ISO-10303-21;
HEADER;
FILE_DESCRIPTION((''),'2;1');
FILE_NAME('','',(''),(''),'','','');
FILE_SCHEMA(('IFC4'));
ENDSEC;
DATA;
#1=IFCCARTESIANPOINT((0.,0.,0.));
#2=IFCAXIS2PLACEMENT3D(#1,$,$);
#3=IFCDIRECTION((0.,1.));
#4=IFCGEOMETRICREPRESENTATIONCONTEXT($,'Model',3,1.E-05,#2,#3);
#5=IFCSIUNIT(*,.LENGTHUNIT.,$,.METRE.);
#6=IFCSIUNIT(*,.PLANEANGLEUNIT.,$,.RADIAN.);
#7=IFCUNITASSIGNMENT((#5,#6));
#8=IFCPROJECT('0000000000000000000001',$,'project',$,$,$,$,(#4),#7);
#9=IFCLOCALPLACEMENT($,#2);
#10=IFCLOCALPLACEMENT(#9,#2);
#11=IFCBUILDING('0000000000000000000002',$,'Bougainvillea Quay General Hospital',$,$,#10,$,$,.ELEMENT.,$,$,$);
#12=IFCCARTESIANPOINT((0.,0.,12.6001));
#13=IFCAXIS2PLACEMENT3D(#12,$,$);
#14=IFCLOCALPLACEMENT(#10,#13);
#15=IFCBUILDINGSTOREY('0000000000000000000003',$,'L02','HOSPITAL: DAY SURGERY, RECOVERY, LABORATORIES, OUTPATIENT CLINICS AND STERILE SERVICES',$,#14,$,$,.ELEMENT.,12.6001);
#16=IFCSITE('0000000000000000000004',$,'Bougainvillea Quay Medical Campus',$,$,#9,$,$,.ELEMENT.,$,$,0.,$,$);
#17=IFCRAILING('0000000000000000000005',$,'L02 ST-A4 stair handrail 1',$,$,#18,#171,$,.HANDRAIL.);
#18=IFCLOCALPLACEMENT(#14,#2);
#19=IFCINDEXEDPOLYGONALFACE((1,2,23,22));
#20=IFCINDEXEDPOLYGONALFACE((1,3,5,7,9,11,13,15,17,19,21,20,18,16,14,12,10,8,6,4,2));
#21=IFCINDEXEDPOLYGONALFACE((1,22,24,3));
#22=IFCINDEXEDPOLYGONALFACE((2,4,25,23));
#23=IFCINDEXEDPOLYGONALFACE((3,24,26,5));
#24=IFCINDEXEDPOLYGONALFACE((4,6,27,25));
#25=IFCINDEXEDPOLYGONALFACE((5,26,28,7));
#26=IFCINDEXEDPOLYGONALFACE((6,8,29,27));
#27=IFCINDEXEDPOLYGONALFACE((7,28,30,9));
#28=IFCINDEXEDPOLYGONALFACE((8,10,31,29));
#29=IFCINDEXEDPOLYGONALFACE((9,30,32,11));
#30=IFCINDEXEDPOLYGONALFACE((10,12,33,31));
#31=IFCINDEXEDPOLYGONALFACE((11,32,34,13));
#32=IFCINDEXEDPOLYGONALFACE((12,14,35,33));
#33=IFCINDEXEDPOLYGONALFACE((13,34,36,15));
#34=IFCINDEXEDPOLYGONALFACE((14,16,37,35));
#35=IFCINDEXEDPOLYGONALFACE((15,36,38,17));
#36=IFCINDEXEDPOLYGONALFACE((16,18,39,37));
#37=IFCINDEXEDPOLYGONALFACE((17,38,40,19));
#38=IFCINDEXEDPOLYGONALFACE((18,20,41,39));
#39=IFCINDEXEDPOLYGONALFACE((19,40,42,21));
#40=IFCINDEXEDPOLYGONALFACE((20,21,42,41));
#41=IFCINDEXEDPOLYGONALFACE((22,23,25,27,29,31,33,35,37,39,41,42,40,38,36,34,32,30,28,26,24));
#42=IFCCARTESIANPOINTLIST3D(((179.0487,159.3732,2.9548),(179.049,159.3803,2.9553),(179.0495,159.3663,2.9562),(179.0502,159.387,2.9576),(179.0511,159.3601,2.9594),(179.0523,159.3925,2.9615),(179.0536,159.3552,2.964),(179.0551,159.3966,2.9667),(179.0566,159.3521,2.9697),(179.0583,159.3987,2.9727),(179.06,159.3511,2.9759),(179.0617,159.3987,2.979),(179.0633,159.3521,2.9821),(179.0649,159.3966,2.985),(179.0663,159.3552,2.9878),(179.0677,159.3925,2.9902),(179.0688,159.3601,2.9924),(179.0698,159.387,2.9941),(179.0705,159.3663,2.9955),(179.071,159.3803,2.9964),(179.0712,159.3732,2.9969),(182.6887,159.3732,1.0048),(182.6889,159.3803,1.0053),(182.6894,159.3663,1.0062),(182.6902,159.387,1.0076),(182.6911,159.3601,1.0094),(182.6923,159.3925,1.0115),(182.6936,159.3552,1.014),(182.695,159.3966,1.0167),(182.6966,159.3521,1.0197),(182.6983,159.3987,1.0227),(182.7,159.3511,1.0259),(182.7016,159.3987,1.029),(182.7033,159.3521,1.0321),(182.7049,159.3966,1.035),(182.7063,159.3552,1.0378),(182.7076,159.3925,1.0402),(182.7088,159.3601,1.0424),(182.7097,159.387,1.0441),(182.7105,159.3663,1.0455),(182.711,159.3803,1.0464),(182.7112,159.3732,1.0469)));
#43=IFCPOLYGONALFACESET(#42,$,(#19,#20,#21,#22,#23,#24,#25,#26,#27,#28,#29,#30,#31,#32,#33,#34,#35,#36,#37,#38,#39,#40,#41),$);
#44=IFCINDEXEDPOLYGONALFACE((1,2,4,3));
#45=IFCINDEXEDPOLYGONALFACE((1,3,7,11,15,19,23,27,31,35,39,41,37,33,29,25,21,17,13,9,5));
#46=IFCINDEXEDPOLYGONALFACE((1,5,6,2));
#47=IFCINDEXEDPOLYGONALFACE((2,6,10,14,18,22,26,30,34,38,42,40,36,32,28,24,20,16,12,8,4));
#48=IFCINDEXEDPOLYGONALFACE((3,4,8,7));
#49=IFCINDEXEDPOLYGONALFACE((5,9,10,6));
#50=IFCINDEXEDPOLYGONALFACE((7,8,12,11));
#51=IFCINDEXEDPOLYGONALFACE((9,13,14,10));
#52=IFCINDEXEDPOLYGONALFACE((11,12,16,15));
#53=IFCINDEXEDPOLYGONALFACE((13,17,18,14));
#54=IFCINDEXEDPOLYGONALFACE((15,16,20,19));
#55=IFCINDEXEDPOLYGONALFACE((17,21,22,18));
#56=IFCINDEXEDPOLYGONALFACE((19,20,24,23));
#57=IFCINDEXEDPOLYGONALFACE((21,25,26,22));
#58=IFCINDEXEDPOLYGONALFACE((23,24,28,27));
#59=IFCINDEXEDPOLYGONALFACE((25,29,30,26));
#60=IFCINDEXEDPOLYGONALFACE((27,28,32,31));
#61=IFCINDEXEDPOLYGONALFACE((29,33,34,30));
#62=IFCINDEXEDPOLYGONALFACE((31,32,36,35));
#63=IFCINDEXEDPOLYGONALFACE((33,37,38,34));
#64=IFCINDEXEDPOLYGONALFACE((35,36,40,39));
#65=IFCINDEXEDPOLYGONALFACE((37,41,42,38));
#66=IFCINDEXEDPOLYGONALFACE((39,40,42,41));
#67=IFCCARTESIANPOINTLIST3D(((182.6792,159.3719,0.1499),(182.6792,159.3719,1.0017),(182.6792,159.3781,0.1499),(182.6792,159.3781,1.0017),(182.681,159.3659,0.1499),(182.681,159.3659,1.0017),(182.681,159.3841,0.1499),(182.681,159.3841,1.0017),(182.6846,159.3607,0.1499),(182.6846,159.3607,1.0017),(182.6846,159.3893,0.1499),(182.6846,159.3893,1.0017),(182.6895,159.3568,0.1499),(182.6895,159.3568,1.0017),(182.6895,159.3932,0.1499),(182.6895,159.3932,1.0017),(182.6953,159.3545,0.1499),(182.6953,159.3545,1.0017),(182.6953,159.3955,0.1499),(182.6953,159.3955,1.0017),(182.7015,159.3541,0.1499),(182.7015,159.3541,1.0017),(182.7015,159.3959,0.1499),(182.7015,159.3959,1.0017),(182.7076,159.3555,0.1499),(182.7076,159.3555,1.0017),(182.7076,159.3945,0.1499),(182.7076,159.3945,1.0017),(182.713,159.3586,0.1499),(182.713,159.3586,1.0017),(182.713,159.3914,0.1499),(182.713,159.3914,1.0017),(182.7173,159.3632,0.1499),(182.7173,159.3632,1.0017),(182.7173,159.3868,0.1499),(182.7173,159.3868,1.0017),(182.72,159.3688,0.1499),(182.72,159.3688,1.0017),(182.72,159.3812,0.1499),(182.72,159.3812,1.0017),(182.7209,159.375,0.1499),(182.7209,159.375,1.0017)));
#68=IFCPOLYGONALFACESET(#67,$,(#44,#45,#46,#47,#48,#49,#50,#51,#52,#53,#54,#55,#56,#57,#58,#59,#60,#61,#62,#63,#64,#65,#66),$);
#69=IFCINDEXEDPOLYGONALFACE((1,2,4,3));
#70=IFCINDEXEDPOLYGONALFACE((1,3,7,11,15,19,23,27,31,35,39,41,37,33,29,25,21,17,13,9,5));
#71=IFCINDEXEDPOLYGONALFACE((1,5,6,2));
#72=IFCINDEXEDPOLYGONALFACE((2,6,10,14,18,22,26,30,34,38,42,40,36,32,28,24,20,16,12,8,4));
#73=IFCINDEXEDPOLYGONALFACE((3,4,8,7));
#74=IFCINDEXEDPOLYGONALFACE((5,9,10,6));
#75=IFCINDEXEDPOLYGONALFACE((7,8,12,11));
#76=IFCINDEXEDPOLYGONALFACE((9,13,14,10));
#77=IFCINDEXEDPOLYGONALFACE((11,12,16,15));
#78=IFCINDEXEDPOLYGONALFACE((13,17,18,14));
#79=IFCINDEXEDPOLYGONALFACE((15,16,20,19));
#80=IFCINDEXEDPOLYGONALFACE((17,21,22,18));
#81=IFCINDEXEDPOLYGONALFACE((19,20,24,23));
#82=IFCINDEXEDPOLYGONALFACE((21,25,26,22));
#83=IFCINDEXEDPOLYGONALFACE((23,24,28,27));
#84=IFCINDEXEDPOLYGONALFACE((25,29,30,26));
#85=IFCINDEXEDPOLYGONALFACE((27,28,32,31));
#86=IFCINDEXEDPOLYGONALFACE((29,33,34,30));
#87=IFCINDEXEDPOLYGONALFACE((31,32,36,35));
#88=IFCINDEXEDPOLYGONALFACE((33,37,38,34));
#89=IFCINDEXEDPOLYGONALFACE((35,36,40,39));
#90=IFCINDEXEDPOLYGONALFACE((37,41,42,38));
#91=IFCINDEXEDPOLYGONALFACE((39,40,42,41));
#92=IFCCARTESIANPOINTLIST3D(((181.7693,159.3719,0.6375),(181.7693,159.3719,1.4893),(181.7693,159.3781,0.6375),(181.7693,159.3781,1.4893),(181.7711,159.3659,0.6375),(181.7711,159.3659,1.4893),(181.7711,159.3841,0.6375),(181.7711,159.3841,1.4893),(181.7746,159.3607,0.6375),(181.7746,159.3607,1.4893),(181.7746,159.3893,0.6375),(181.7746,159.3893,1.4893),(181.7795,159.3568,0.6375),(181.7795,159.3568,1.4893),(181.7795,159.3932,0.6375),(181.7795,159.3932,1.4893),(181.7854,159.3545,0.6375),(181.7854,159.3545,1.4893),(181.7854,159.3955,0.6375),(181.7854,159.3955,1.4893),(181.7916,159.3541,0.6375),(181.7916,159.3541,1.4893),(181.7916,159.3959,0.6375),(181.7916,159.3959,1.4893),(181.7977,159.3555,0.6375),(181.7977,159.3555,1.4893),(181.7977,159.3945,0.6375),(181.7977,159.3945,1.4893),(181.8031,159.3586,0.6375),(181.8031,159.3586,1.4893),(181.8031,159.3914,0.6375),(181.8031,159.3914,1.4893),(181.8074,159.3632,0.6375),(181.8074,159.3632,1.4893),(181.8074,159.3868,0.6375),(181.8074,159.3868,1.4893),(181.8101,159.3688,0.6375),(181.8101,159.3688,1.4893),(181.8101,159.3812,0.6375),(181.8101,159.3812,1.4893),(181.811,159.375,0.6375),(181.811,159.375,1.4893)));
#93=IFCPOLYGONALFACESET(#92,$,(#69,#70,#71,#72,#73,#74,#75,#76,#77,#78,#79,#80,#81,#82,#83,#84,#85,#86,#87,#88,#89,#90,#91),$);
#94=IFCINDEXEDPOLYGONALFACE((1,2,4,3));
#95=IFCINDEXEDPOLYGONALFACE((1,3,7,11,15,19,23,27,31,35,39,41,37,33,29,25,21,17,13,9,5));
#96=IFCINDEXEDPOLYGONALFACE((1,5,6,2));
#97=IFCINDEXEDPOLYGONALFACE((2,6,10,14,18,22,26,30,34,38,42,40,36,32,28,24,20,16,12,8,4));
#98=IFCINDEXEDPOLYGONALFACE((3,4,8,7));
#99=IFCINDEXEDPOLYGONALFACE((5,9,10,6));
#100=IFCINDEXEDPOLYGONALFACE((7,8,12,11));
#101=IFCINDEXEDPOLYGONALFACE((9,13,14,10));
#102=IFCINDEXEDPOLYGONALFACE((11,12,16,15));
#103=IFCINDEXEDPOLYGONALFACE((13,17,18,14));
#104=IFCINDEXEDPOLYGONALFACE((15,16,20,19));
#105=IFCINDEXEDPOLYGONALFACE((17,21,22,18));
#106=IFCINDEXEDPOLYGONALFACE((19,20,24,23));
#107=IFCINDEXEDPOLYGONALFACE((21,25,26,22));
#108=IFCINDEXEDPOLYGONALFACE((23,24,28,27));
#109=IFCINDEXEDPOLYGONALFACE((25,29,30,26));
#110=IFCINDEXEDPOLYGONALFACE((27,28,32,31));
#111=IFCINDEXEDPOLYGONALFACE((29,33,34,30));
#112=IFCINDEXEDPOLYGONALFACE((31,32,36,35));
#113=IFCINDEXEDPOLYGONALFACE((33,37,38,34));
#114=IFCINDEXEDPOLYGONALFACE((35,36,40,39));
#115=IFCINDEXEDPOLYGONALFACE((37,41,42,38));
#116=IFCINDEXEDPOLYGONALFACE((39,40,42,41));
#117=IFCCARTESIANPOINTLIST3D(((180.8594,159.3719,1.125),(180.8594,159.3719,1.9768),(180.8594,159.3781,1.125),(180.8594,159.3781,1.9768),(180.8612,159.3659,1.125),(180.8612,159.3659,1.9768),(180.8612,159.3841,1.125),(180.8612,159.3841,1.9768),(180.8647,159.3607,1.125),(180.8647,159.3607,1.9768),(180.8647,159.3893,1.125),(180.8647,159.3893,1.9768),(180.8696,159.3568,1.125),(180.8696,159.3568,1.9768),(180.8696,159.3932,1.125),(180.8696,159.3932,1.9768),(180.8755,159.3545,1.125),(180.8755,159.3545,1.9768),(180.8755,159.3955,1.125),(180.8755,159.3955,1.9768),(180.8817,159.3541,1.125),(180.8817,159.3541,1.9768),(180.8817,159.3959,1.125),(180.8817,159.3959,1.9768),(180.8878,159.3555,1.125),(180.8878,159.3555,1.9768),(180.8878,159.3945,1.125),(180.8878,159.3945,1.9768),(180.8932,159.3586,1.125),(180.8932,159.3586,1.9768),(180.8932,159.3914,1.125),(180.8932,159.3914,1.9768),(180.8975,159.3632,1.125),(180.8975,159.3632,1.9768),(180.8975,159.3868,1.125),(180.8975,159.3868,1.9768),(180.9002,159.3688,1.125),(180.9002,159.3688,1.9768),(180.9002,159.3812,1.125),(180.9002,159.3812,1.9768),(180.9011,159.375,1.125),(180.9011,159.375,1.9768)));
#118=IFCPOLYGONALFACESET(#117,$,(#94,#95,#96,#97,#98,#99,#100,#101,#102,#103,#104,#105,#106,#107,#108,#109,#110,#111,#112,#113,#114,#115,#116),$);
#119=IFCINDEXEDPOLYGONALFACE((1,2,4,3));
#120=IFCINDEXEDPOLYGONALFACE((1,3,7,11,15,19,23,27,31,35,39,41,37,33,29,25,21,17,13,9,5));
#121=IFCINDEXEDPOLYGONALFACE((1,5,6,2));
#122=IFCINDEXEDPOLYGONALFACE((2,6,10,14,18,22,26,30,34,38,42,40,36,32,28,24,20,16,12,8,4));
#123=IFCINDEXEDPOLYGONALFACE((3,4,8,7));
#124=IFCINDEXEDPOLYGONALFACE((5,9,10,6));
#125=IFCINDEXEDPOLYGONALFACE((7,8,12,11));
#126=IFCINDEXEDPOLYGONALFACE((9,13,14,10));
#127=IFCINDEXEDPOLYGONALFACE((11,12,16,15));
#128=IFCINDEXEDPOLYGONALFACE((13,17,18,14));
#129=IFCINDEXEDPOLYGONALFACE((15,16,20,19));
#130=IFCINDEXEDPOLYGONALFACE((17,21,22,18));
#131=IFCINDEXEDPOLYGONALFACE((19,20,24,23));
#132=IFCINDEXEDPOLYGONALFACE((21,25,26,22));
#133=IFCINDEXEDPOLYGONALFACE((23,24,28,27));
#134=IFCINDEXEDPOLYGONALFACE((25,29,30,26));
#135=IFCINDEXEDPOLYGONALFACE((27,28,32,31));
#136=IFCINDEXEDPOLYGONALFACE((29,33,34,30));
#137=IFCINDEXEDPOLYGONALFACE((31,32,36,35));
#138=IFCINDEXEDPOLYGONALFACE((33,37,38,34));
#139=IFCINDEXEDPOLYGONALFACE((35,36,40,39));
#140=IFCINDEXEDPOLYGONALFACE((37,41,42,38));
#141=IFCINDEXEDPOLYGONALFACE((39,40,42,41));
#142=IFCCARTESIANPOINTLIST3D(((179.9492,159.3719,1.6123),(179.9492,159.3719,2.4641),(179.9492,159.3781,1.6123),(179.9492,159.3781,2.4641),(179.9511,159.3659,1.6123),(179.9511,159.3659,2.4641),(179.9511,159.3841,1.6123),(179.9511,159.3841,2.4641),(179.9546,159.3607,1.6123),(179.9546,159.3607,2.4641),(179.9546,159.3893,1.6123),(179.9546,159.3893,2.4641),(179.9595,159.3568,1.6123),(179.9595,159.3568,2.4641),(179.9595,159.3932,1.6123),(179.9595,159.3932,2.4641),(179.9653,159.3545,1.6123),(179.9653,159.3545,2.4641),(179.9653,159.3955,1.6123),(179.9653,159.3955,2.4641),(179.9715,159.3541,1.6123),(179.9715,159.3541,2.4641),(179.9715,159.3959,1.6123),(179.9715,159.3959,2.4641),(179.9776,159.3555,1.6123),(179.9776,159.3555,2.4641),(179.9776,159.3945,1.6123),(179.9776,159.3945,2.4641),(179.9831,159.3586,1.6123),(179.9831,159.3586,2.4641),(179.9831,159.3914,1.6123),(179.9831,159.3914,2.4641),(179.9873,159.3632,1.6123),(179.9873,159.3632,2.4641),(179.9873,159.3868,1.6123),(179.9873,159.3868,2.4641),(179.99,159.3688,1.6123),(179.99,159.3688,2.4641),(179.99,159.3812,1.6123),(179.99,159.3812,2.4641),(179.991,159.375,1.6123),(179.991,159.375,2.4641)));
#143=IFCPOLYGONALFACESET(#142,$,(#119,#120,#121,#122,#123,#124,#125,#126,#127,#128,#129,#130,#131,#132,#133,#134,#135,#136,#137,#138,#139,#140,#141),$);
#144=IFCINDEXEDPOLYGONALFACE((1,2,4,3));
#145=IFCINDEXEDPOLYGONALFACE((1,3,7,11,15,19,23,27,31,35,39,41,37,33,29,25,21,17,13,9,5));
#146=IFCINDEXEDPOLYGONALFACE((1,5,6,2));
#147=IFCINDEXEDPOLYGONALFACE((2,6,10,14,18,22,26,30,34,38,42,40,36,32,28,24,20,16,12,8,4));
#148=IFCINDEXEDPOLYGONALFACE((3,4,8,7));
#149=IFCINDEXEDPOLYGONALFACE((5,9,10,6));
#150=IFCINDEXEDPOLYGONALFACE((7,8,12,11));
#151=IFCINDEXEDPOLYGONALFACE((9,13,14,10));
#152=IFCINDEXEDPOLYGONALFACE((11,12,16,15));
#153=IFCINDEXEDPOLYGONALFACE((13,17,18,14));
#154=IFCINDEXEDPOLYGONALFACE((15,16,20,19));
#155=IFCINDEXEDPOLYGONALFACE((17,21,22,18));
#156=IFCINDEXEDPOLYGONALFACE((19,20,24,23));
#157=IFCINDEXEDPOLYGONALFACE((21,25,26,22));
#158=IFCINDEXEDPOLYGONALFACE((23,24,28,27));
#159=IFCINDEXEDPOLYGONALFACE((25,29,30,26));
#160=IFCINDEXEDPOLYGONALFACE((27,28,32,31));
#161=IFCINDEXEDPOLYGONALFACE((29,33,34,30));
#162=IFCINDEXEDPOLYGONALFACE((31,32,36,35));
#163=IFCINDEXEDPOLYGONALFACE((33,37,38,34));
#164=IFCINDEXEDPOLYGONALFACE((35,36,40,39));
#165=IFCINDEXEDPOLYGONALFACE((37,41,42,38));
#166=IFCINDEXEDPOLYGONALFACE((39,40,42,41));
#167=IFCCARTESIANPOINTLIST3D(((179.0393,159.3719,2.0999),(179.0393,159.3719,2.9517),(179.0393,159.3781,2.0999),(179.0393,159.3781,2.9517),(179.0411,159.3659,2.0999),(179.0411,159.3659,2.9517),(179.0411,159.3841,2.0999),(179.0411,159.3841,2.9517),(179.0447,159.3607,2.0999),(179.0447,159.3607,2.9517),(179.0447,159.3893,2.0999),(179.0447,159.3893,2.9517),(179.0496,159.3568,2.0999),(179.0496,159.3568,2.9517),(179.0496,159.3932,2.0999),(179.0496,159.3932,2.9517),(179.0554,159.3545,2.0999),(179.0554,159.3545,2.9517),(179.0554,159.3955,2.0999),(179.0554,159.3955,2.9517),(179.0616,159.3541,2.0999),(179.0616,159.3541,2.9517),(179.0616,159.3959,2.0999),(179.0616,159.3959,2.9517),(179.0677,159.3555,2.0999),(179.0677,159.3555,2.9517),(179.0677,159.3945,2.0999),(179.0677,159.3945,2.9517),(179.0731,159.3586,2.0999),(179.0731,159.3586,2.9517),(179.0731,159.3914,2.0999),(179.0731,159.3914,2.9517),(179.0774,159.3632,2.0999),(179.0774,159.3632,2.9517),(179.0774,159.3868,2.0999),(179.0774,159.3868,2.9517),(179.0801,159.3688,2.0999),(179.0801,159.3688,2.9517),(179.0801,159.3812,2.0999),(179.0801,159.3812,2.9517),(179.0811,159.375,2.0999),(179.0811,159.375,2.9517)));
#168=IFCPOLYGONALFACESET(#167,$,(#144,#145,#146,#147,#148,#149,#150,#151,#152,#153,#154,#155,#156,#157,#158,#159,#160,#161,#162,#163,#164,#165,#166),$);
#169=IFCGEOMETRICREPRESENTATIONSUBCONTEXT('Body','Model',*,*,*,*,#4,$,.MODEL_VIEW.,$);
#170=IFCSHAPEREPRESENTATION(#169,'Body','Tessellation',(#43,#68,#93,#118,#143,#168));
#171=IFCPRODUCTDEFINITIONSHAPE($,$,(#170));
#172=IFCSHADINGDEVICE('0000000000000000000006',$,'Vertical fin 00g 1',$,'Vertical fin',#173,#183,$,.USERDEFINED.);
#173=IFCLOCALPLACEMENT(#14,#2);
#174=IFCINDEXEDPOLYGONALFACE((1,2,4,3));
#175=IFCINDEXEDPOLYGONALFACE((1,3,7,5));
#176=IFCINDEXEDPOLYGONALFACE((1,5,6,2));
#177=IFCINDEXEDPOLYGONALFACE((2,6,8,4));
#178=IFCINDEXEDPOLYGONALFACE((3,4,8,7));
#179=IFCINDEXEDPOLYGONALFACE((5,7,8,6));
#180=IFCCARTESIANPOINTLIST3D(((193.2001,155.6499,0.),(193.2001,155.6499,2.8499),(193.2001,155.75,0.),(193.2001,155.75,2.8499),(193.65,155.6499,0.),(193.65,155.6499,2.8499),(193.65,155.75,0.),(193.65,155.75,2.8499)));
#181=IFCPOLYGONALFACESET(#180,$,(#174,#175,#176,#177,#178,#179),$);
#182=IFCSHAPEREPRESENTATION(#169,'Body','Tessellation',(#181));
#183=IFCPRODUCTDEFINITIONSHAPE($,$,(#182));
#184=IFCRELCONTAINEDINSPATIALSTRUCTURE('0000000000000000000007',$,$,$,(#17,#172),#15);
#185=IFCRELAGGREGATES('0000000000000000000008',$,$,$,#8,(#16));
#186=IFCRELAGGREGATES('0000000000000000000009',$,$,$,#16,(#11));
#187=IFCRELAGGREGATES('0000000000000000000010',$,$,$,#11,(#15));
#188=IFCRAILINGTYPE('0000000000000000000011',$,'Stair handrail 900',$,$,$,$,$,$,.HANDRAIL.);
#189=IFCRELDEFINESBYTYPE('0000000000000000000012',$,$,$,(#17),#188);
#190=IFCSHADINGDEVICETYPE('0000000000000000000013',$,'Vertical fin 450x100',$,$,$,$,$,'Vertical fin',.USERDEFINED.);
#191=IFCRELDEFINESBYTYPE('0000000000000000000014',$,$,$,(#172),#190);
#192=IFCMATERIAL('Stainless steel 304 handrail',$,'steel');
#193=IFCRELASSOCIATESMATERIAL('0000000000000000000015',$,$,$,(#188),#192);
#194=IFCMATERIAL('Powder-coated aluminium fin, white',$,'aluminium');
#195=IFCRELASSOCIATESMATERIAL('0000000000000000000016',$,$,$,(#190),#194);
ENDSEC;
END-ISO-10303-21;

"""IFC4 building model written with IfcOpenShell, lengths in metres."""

from ifc_helpers import new_model, si_unit, direction, frame, origin, origin_2d, place, context, subcontext, project, spatial, rectangle, circle, extrude, material, material_profile, profile_set, type_object, element, save


model = new_model("IFC4")

# Units and contexts
model_context = context("Model", 3, precision=1e-05, world=origin(), true_north=direction((0.0, 1.0)))
body_context = subcontext(model_context, "Body", "Model", "MODEL_VIEW")
ifc_project = project(units=[si_unit("LENGTHUNIT", "METRE"), si_unit("PLANEANGLEUNIT", "RADIAN")], contexts=[model_context])

# Site, building, storey
site_placement = place(None, origin())
site = spatial("IfcSite", under=ifc_project, at=site_placement, Name="Bougainvillea Quay Medical Campus", CompositionType="ELEMENT", RefElevation=0.0)
building_placement = place(site_placement, origin())
building = spatial("IfcBuilding", under=site, at=building_placement, Name="Bougainvillea Quay General Hospital", CompositionType="ELEMENT")
storey_placement = place(building_placement, frame((0.0, 0.0, 12.6001)))
storey = spatial("IfcBuildingStorey", under=building, at=storey_placement, Name="L02", Description="HOSPITAL: DAY SURGERY, RECOVERY, LABORATORIES, OUTPATIENT CLINICS AND STERILE SERVICES", CompositionType="ELEMENT", Elevation=12.6001)

# Railing
ifc_material_1 = material(Name="Stainless steel 304 handrail", Category="steel")
railing_type_1 = type_object("IfcRailingType", Name="Stair handrail 900", PredefinedType="HANDRAIL", material=ifc_material_1)
railing_1_placement = place(storey_placement, frame((182.7, 159.375, 0.1499)))
element("IfcRailing", 1, at=railing_1_placement, inside=storey, type_object=railing_type_1, Name="L02 ST-A4 stair handrail 1", PredefinedType="HANDRAIL", context=body_context, shape_type="SweptSolid", body=[
    extrude(circle(Radius=0.0239, at=origin_2d()), frame((0.0, 0.0, 0.876), z_axis=(-0.881479, 0.0, 0.472223), x_axis=(0.0, -1.0, 0.0)), (0.0, 0.0, 1.0), 4.1294),
    extrude(circle(Radius=0.021, at=origin_2d()), origin(), (0.0, 0.0, 1.0), 0.8518),
    extrude(circle(Radius=0.021, at=origin_2d()), frame((-0.9099, 0.0, 0.4875)), (0.0, 0.0, 1.0), 0.8518),
    extrude(circle(Radius=0.021, at=origin_2d()), frame((-1.8198, 0.0, 0.9751)), (0.0, 0.0, 1.0), 0.8518),
    extrude(circle(Radius=0.021, at=origin_2d()), frame((-2.73, 0.0, 1.4624)), (0.0, 0.0, 1.0), 0.8518),
    extrude(circle(Radius=0.021, at=origin_2d()), frame((-3.6399, 0.0, 1.95)), (0.0, 0.0, 1.0), 0.8518),
])

# Shading device
ifc_material_2 = material(Name="Powder-coated aluminium fin, white", Category="aluminium")
ifc_material_profile_1 = material_profile(ifc_material_2, rectangle(XDim=0.45, YDim=0.1001, at=origin_2d()))
ifc_profile_set_1 = profile_set([ifc_material_profile_1], Name="Powder-coated aluminium fin, white")
shading_device_type = type_object("IfcShadingDeviceType", Name="Vertical fin 450x100", ElementType="Vertical fin", PredefinedType="USERDEFINED", material=ifc_profile_set_1)
shading_device_placement = place(storey_placement, frame((193.425, 155.7, 0.0), z_axis=(0.0, 0.0, 1.0), x_axis=(1.0, 0.0, 0.0)))
element("IfcShadingDevice", 2, at=shading_device_placement, inside=storey, type_object=shading_device_type, Name="Vertical fin 00g 1", ObjectType="Vertical fin", PredefinedType="USERDEFINED", context=body_context, shape_type="SweptSolid", body=[
    extrude(rectangle(XDim=0.45, YDim=0.1001, at=origin_2d()), origin(), (0.0, 0.0, 1.0), 2.8499),
])

save(model, "model.ifc")
